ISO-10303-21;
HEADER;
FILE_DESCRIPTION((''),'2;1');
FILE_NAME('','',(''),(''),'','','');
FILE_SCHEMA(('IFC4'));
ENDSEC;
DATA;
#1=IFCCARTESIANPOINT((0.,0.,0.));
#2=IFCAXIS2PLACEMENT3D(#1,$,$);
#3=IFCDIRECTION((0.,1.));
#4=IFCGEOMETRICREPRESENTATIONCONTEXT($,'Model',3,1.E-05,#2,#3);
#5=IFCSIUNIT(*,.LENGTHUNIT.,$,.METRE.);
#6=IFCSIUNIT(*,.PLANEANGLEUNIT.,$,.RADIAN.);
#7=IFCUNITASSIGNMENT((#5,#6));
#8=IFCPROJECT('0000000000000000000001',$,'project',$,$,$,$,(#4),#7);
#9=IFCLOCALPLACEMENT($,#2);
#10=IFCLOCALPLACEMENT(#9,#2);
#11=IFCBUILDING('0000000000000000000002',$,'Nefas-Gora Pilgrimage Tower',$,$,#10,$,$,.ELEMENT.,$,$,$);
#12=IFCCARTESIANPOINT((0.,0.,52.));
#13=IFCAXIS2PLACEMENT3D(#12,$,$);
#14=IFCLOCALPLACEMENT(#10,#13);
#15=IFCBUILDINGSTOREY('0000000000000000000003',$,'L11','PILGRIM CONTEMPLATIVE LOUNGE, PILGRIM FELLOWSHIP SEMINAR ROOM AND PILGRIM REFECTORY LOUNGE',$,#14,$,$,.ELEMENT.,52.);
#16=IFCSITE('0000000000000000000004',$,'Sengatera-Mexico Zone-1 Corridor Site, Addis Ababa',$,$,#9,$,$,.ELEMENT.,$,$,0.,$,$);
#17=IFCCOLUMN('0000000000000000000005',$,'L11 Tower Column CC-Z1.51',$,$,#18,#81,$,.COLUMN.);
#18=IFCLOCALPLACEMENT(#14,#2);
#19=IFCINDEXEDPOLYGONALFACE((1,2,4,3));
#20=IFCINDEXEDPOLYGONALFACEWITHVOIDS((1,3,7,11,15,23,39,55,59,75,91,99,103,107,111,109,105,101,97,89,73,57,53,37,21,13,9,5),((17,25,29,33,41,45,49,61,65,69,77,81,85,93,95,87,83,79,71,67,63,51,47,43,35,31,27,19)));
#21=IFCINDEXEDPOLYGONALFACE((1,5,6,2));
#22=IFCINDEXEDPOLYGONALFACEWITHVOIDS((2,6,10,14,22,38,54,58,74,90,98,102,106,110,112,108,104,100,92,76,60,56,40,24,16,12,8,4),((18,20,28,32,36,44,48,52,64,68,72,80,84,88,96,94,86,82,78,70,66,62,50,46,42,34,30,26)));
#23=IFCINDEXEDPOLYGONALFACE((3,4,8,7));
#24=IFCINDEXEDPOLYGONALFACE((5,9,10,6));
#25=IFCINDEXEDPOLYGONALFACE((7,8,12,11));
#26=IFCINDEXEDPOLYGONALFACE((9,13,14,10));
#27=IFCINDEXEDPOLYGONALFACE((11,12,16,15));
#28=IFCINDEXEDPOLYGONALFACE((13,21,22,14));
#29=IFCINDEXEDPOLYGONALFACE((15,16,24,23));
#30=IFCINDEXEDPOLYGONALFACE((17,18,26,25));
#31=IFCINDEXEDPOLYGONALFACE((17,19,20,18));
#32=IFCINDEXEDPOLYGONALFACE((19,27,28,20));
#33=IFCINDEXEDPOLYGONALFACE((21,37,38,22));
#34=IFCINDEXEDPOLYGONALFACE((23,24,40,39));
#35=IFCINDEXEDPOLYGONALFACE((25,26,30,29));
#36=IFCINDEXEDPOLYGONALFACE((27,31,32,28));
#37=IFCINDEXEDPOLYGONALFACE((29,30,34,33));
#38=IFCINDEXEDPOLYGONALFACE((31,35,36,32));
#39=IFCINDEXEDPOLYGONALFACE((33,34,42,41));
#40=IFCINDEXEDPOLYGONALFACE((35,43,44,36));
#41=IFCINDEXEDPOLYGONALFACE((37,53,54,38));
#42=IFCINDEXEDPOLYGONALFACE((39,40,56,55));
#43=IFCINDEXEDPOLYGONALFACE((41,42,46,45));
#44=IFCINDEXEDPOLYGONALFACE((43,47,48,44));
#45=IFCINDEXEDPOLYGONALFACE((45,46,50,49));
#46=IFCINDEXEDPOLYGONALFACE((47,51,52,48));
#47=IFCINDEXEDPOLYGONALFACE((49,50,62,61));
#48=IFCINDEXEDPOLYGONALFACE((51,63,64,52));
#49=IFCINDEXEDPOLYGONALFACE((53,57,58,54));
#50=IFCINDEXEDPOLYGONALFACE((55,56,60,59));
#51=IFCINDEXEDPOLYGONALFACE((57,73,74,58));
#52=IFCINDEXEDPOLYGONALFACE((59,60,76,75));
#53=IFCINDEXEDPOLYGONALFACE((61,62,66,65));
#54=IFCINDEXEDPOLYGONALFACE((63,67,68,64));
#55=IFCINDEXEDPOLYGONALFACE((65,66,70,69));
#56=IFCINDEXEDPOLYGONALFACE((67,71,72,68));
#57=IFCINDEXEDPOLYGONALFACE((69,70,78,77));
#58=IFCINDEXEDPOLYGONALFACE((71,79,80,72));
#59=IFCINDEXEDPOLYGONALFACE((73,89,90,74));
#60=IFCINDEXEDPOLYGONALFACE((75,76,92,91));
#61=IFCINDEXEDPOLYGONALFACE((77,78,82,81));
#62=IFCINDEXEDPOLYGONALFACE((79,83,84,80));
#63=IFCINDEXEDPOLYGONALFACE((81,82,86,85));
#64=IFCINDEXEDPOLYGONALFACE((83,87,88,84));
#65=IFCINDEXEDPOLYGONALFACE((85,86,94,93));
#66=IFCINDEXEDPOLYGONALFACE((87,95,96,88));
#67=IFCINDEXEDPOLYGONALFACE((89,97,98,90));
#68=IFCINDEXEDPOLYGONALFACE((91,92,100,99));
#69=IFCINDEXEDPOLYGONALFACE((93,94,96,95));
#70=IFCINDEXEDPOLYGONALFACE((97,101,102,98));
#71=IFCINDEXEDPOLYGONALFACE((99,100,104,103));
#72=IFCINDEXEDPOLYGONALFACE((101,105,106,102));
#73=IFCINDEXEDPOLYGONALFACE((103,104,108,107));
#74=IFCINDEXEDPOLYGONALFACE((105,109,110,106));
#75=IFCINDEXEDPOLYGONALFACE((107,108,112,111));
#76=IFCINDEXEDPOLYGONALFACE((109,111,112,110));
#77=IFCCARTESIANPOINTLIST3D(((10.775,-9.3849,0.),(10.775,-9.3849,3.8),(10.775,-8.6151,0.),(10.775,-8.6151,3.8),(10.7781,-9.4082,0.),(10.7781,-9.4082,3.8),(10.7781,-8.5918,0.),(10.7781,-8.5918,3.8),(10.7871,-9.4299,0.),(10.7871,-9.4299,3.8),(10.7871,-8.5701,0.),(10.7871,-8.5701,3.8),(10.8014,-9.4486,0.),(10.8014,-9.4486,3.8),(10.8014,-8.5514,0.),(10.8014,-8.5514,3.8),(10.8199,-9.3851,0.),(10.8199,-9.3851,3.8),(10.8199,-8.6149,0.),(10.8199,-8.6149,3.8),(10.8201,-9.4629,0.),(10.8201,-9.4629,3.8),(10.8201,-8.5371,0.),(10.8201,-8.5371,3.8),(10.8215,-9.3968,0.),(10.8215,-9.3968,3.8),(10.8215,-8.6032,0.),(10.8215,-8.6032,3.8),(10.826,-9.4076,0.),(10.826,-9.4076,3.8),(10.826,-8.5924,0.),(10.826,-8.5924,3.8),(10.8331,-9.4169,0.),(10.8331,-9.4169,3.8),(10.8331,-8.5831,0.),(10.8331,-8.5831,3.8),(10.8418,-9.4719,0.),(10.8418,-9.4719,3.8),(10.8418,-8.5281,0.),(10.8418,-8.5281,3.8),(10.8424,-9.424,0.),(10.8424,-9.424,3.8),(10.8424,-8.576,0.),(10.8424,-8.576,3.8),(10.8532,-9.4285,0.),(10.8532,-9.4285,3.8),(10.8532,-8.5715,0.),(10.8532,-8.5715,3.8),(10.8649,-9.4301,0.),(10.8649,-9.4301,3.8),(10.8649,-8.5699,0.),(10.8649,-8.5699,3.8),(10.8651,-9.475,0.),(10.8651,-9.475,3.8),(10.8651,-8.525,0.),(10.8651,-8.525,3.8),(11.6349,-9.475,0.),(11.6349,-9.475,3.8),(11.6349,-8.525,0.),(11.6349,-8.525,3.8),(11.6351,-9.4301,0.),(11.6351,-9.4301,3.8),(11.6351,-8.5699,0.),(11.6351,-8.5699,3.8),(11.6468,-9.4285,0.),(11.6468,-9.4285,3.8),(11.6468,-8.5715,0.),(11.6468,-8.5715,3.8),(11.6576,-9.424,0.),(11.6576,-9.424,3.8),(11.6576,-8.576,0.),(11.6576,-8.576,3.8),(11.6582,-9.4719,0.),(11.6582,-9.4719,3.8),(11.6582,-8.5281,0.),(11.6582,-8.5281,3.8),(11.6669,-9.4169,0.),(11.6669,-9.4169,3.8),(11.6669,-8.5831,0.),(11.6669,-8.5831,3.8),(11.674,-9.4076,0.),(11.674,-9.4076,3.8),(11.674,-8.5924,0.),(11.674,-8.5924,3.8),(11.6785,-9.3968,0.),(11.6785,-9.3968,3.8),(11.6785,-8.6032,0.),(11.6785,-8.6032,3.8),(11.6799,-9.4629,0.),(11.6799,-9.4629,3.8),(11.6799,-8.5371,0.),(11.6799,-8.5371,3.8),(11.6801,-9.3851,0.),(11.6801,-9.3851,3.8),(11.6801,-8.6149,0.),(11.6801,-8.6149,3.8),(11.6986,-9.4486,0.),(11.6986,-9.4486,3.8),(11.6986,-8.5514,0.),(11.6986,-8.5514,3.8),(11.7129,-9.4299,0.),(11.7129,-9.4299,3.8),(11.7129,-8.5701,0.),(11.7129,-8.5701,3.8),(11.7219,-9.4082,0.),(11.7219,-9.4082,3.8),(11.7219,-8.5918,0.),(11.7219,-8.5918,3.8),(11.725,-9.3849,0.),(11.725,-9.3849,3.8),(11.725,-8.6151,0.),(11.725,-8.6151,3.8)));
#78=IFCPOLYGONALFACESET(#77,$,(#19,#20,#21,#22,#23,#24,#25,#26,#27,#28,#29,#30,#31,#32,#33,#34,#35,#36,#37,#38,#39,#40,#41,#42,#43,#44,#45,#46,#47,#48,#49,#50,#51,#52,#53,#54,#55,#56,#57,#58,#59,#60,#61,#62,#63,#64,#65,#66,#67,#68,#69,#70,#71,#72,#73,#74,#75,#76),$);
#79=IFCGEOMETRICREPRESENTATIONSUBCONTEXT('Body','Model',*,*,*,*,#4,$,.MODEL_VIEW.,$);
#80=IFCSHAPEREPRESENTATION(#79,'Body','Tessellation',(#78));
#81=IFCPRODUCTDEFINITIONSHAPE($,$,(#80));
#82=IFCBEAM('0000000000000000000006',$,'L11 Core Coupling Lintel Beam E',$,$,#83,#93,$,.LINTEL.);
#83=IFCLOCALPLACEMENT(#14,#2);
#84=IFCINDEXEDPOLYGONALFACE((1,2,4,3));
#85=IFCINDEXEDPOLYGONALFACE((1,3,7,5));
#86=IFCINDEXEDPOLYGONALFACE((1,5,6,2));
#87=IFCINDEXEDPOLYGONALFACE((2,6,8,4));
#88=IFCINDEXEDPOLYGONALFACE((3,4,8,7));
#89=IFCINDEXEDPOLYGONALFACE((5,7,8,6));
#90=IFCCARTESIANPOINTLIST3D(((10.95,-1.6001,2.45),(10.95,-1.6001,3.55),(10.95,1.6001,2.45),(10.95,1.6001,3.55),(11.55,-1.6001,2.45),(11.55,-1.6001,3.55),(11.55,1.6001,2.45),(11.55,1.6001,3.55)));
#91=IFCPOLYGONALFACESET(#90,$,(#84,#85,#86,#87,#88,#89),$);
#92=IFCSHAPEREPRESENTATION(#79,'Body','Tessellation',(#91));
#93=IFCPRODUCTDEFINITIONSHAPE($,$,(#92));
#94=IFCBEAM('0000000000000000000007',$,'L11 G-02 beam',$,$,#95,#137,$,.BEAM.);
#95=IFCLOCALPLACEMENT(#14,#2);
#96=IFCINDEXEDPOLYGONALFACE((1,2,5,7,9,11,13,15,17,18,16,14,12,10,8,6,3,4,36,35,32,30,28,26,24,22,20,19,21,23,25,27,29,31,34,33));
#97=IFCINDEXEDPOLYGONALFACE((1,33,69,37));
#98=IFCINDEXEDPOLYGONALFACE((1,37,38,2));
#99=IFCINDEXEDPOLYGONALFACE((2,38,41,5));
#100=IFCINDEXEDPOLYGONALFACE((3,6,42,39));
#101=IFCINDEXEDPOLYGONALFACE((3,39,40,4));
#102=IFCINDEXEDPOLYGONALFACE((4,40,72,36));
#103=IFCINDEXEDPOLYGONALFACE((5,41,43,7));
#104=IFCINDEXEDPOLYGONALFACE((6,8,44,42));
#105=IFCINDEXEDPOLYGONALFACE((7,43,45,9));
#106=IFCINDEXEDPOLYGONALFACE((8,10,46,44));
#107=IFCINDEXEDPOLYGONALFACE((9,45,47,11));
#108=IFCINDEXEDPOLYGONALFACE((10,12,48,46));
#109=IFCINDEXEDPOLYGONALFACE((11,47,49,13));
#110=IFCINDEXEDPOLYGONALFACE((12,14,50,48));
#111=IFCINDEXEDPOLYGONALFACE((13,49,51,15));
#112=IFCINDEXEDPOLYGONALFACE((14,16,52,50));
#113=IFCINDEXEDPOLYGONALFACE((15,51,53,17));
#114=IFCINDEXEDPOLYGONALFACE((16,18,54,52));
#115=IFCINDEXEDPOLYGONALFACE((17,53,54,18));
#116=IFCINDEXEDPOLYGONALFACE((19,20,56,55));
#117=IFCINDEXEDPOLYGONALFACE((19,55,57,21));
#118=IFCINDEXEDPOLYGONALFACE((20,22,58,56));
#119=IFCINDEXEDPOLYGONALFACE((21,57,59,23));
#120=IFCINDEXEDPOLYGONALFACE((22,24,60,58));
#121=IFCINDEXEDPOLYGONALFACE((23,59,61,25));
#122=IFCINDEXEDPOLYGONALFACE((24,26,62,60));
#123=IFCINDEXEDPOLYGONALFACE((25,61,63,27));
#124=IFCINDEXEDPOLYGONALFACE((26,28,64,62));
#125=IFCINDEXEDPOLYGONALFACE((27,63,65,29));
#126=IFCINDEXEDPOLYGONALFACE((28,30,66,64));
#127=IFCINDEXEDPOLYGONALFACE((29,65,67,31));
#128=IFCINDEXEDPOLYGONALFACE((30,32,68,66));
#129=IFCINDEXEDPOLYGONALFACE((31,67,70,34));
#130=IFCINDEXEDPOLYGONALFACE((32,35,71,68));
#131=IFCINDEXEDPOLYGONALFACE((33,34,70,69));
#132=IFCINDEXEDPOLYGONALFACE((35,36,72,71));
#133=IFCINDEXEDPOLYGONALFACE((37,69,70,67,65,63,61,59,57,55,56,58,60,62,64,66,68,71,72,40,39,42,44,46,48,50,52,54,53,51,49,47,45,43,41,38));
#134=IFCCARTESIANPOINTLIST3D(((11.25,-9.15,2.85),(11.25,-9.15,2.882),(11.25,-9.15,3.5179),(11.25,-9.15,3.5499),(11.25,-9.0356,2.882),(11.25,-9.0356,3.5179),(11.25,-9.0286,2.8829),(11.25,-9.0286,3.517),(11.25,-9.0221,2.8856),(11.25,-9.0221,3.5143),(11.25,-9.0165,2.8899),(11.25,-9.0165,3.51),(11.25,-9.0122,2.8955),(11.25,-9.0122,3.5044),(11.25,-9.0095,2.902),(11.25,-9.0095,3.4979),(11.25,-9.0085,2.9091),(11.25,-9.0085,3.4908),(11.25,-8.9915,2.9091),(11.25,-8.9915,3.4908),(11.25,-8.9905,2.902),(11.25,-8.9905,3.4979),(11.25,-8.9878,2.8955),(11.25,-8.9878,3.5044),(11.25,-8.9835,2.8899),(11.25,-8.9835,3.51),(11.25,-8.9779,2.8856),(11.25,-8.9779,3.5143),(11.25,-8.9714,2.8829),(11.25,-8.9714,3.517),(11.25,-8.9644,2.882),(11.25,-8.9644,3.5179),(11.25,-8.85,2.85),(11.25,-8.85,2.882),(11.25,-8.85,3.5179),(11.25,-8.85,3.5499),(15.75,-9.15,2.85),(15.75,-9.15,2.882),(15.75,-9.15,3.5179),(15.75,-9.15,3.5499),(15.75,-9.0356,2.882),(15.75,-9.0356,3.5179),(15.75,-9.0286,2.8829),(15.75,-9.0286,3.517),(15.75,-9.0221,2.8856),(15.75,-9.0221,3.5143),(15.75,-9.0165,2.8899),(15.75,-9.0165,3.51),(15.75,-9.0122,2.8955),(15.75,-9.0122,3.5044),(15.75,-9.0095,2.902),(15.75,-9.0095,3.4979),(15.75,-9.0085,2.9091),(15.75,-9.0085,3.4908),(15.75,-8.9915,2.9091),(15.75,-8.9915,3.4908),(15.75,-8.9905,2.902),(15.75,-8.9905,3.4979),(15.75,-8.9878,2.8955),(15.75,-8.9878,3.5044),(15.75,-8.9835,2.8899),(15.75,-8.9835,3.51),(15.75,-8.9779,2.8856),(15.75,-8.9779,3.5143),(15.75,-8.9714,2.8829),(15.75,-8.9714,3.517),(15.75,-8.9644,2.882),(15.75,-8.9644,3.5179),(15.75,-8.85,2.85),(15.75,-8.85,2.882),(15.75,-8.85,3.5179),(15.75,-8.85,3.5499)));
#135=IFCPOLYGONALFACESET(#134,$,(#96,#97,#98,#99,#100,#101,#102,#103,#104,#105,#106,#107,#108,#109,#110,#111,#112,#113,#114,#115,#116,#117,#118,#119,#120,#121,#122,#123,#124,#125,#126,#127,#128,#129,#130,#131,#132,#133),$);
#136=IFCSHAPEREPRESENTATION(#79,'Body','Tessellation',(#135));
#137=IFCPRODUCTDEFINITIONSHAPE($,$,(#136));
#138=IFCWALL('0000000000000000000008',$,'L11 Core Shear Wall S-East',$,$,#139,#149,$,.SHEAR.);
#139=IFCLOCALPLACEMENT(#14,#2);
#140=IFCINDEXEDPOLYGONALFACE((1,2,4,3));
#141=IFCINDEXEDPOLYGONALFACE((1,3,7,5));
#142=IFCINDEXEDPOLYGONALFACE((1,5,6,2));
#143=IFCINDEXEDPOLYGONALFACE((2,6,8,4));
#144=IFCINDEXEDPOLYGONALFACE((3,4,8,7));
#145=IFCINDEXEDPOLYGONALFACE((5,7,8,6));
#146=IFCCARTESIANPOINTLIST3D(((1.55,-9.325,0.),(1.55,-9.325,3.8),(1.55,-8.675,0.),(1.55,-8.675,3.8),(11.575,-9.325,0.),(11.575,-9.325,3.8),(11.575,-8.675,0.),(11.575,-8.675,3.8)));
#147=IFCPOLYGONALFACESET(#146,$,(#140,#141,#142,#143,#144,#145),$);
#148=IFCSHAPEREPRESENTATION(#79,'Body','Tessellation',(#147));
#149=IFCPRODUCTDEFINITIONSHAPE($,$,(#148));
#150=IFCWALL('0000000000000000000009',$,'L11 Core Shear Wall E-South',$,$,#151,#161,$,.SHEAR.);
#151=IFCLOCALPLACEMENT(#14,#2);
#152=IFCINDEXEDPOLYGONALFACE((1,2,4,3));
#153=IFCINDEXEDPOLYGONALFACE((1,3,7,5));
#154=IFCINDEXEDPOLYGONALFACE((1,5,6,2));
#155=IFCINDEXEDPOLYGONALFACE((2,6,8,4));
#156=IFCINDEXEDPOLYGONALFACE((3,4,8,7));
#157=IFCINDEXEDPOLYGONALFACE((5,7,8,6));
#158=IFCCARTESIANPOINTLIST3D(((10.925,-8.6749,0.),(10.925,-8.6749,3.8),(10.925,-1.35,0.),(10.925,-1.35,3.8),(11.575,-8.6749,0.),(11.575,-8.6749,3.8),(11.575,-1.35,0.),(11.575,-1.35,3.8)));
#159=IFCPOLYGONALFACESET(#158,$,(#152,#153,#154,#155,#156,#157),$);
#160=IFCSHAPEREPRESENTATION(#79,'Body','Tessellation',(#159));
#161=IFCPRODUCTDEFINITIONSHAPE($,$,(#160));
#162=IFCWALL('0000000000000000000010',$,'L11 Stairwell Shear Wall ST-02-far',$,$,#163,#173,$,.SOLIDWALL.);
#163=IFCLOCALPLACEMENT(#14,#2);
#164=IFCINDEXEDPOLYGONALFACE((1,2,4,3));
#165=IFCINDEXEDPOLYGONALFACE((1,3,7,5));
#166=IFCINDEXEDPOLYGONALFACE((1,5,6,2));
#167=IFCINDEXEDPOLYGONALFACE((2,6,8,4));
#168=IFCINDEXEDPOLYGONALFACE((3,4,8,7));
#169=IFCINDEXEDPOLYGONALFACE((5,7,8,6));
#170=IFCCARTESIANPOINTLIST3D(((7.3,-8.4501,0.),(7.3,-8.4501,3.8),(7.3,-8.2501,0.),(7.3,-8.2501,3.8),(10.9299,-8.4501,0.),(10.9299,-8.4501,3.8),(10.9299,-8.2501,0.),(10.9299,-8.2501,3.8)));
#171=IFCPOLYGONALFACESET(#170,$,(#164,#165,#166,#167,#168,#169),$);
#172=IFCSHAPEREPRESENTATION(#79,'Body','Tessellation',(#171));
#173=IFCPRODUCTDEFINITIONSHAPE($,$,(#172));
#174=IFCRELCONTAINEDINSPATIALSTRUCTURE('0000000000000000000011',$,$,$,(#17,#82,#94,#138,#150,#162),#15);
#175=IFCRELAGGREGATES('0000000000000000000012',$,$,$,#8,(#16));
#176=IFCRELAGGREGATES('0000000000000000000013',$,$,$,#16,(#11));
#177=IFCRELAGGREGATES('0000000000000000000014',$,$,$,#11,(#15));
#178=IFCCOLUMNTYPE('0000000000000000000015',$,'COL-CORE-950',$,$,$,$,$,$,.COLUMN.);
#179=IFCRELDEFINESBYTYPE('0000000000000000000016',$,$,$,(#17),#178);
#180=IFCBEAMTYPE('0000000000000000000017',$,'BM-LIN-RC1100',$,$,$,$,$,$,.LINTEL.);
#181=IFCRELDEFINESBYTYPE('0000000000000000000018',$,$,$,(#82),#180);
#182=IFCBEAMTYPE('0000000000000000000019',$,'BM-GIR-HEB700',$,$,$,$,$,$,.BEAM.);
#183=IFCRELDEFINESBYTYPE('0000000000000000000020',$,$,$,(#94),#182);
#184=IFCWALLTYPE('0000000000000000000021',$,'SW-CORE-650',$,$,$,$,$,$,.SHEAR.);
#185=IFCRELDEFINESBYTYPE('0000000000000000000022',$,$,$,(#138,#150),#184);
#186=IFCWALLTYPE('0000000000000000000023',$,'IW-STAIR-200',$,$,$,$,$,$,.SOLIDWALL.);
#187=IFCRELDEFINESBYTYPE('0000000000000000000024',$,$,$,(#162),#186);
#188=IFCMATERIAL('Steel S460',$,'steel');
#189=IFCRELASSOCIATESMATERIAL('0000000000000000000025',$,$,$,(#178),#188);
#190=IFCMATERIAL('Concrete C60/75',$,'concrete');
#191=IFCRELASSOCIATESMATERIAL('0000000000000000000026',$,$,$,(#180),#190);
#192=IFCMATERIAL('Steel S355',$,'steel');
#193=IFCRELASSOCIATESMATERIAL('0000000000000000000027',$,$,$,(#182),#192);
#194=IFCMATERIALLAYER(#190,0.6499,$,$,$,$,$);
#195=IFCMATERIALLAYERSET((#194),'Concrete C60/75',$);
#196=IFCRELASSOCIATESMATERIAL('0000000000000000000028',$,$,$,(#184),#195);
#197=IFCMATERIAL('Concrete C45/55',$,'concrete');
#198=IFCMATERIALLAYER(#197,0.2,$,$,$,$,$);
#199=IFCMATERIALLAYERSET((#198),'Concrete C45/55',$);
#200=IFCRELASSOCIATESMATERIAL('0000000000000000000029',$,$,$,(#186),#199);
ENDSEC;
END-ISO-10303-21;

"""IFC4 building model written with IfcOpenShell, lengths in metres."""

from ifc_helpers import new_model, si_unit, direction, frame, frame_2d, origin, origin_2d, place, context, subcontext, project, spatial, rectangle, hollow_rectangle, i_section, extrude, source, transform, mapped, material, layer, layer_set, material_profile, profile_set, type_object, element, save


model = new_model("IFC4")

# Units and contexts
model_context = context("Model", 3, precision=1e-05, world=origin(), true_north=direction((0.0, 1.0)))
body_context = subcontext(model_context, "Body", "Model", "MODEL_VIEW")
ifc_project = project(units=[si_unit("LENGTHUNIT", "METRE"), si_unit("PLANEANGLEUNIT", "RADIAN")], contexts=[model_context])

# Site, building, storey
site_placement = place(None, origin())
site = spatial("IfcSite", under=ifc_project, at=site_placement, Name="Sengatera-Mexico Zone-1 Corridor Site, Addis Ababa", CompositionType="ELEMENT", RefElevation=0.0)
building_placement = place(site_placement, origin())
building = spatial("IfcBuilding", under=site, at=building_placement, Name="Nefas-Gora Pilgrimage Tower", CompositionType="ELEMENT")
storey_placement = place(building_placement, frame((0.0, 0.0, 52.0)))
storey = spatial("IfcBuildingStorey", under=building, at=storey_placement, Name="L11", Description="PILGRIM CONTEMPLATIVE LOUNGE, PILGRIM FELLOWSHIP SEMINAR ROOM AND PILGRIM REFECTORY LOUNGE", CompositionType="ELEMENT", Elevation=52.0)

# Column
ifc_material_1 = material(Name="Steel S460", Category="steel")
ifc_material_profile_1 = material_profile(ifc_material_1, hollow_rectangle(XDim=0.95, YDim=0.95, WallThickness=0.0449, InnerFilletRadius=0.0449, OuterFilletRadius=0.0901, at=origin_2d()), Name="BOX 950x950x45")
ifc_profile_set_1 = profile_set([ifc_material_profile_1], Name="Steel S460")
column_type = type_object("IfcColumnType", Name="COL-CORE-950", PredefinedType="COLUMN", material=ifc_profile_set_1)
shared_shape_1 = source(origin(), body_context, "Body", "SweptSolid", [
    extrude(hollow_rectangle(XDim=0.95, YDim=0.95, WallThickness=0.0449, InnerFilletRadius=0.0449, OuterFilletRadius=0.0901, at=origin_2d()), origin(), (0.0, 0.0, 1.0), 3.8),
])
column_placement = place(storey_placement, frame((11.25, -9.0, 0.0), z_axis=(0.0, 0.0, 1.0), x_axis=(1.0, 0.0, 0.0)))
element("IfcColumn", 1, at=column_placement, inside=storey, type_object=column_type, Name="L11 Tower Column CC-Z1.51", PredefinedType="COLUMN", context=body_context, shape_type="MappedRepresentation", body=[
    mapped(shared_shape_1, transform((0.0, 0.0, 0.0), x_axis=(1.0, 0.0, 0.0), y_axis=(0.0, 1.0, 0.0), z_axis=(0.0, 0.0, 1.0), scale=1.0)),
])

# Beams
ifc_material_2 = material(Name="Concrete C60/75", Category="concrete")
ifc_material_profile_2 = material_profile(ifc_material_2, rectangle(XDim=0.6001, YDim=1.1001, at=origin_2d()), Name="RC 600x1100")
ifc_profile_set_2 = profile_set([ifc_material_profile_2], Name="Concrete C60/75")
beam_type_1 = type_object("IfcBeamType", Name="BM-LIN-RC1100", PredefinedType="LINTEL", material=ifc_profile_set_2)
shared_shape_2 = source(origin(), body_context, "Body", "SweptSolid", [
    extrude(rectangle(XDim=0.6001, YDim=1.1001, at=origin_2d()), origin(), (0.0, 0.0, 1.0), 3.2002),
])
beam_1_placement = place(storey_placement, frame((11.25, -1.6001, 3.0), z_axis=(0.0, 1.0, 0.0), x_axis=(-1.0, 0.0, 0.0)))
element("IfcBeam", 2, at=beam_1_placement, inside=storey, type_object=beam_type_1, Name="L11 Core Coupling Lintel Beam E", PredefinedType="LINTEL", context=body_context, shape_type="MappedRepresentation", body=[
    mapped(shared_shape_2, transform((0.0, 0.0, 0.0), x_axis=(1.0, 0.0, 0.0), y_axis=(0.0, 1.0, 0.0), z_axis=(0.0, 0.0, 1.0), scale=1.0)),
])
ifc_material_3 = material(Name="Steel S355", Category="steel")
ifc_material_profile_3 = material_profile(ifc_material_3, i_section(OverallWidth=0.3, OverallDepth=0.7, WebThickness=0.0171, FlangeThickness=0.032, FilletRadius=0.0271, at=origin_2d()), Name="HEB 700")
ifc_profile_set_3 = profile_set([ifc_material_profile_3], Name="Steel S355")
beam_type_2 = type_object("IfcBeamType", Name="BM-GIR-HEB700", PredefinedType="BEAM", material=ifc_profile_set_3)
shared_shape_3 = source(origin(), body_context, "Body", "SweptSolid", [
    extrude(i_section(OverallWidth=0.3, OverallDepth=0.7, WebThickness=0.0171, FlangeThickness=0.032, FilletRadius=0.0271, at=origin_2d()), origin(), (0.0, 0.0, 1.0), 4.5),
])
beam_2_placement = place(storey_placement, frame((11.25, -9.0, 3.2), z_axis=(1.0, 0.0, 0.0), x_axis=(0.0, 1.0, 0.0)))
element("IfcBeam", 3, at=beam_2_placement, inside=storey, type_object=beam_type_2, Name="L11 G-02 beam", PredefinedType="BEAM", context=body_context, shape_type="MappedRepresentation", body=[
    mapped(shared_shape_3, transform((0.0, 0.0, 0.0), x_axis=(1.0, 0.0, 0.0), y_axis=(0.0, 1.0, 0.0), z_axis=(0.0, 0.0, 1.0), scale=1.0)),
])

# Walls
ifc_layer_1 = layer(ifc_material_2, 0.6499)
ifc_layer_set_1 = layer_set([ifc_layer_1], Name="Concrete C60/75")
wall_type_1 = type_object("IfcWallType", Name="SW-CORE-650", PredefinedType="SHEAR", material=ifc_layer_set_1)
shared_shape_4 = source(origin(), body_context, "Body", "SweptSolid", [
    extrude(rectangle(XDim=10.0249, YDim=0.6499, at=frame_2d((5.0125, 0.0))), origin(), (0.0, 0.0, 1.0), 3.8),
])
wall_1_placement = place(storey_placement, frame((1.55, -9.0, 0.0), z_axis=(0.0, 0.0, 1.0), x_axis=(1.0, 0.0, 0.0)))
element("IfcWall", 4, at=wall_1_placement, inside=storey, type_object=wall_type_1, Name="L11 Core Shear Wall S-East", PredefinedType="SHEAR", context=body_context, shape_type="MappedRepresentation", body=[
    mapped(shared_shape_4, transform((0.0, 0.0, 0.0), x_axis=(1.0, 0.0, 0.0), y_axis=(0.0, 1.0, 0.0), z_axis=(0.0, 0.0, 1.0), scale=1.0)),
])
shared_shape_5 = source(origin(), body_context, "Body", "SweptSolid", [
    extrude(rectangle(XDim=7.325, YDim=0.6499, at=frame_2d((3.6626, 0.0))), origin(), (0.0, 0.0, 1.0), 3.8),
])
wall_2_placement = place(storey_placement, frame((11.25, -8.675, 0.0), z_axis=(0.0, 0.0, 1.0), x_axis=(0.0, 1.0, 0.0)))
element("IfcWall", 5, at=wall_2_placement, inside=storey, type_object=wall_type_1, Name="L11 Core Shear Wall E-South", PredefinedType="SHEAR", context=body_context, shape_type="MappedRepresentation", body=[
    mapped(shared_shape_5, transform((0.0, 0.0, 0.0), x_axis=(1.0, 0.0, 0.0), y_axis=(0.0, 1.0, 0.0), z_axis=(0.0, 0.0, 1.0), scale=1.0)),
])
ifc_material_4 = material(Name="Concrete C45/55", Category="concrete")
ifc_layer_2 = layer(ifc_material_4, 0.2)
ifc_layer_set_2 = layer_set([ifc_layer_2], Name="Concrete C45/55")
wall_type_2 = type_object("IfcWallType", Name="IW-STAIR-200", PredefinedType="SOLIDWALL", material=ifc_layer_set_2)
shared_shape_6 = source(origin(), body_context, "Body", "SweptSolid", [
    extrude(rectangle(XDim=3.6299, YDim=0.2, at=frame_2d((1.8149, 0.0))), origin(), (0.0, 0.0, 1.0), 3.8),
])
wall_3_placement = place(storey_placement, frame((7.3, -8.3501, 0.0), z_axis=(0.0, 0.0, 1.0), x_axis=(1.0, 0.0, 0.0)))
element("IfcWall", 6, at=wall_3_placement, inside=storey, type_object=wall_type_2, Name="L11 Stairwell Shear Wall ST-02-far", PredefinedType="SOLIDWALL", context=body_context, shape_type="MappedRepresentation", body=[
    mapped(shared_shape_6, transform((0.0, 0.0, 0.0), x_axis=(1.0, 0.0, 0.0), y_axis=(0.0, 1.0, 0.0), z_axis=(0.0, 0.0, 1.0), scale=1.0)),
])

save(model, "model.ifc")
